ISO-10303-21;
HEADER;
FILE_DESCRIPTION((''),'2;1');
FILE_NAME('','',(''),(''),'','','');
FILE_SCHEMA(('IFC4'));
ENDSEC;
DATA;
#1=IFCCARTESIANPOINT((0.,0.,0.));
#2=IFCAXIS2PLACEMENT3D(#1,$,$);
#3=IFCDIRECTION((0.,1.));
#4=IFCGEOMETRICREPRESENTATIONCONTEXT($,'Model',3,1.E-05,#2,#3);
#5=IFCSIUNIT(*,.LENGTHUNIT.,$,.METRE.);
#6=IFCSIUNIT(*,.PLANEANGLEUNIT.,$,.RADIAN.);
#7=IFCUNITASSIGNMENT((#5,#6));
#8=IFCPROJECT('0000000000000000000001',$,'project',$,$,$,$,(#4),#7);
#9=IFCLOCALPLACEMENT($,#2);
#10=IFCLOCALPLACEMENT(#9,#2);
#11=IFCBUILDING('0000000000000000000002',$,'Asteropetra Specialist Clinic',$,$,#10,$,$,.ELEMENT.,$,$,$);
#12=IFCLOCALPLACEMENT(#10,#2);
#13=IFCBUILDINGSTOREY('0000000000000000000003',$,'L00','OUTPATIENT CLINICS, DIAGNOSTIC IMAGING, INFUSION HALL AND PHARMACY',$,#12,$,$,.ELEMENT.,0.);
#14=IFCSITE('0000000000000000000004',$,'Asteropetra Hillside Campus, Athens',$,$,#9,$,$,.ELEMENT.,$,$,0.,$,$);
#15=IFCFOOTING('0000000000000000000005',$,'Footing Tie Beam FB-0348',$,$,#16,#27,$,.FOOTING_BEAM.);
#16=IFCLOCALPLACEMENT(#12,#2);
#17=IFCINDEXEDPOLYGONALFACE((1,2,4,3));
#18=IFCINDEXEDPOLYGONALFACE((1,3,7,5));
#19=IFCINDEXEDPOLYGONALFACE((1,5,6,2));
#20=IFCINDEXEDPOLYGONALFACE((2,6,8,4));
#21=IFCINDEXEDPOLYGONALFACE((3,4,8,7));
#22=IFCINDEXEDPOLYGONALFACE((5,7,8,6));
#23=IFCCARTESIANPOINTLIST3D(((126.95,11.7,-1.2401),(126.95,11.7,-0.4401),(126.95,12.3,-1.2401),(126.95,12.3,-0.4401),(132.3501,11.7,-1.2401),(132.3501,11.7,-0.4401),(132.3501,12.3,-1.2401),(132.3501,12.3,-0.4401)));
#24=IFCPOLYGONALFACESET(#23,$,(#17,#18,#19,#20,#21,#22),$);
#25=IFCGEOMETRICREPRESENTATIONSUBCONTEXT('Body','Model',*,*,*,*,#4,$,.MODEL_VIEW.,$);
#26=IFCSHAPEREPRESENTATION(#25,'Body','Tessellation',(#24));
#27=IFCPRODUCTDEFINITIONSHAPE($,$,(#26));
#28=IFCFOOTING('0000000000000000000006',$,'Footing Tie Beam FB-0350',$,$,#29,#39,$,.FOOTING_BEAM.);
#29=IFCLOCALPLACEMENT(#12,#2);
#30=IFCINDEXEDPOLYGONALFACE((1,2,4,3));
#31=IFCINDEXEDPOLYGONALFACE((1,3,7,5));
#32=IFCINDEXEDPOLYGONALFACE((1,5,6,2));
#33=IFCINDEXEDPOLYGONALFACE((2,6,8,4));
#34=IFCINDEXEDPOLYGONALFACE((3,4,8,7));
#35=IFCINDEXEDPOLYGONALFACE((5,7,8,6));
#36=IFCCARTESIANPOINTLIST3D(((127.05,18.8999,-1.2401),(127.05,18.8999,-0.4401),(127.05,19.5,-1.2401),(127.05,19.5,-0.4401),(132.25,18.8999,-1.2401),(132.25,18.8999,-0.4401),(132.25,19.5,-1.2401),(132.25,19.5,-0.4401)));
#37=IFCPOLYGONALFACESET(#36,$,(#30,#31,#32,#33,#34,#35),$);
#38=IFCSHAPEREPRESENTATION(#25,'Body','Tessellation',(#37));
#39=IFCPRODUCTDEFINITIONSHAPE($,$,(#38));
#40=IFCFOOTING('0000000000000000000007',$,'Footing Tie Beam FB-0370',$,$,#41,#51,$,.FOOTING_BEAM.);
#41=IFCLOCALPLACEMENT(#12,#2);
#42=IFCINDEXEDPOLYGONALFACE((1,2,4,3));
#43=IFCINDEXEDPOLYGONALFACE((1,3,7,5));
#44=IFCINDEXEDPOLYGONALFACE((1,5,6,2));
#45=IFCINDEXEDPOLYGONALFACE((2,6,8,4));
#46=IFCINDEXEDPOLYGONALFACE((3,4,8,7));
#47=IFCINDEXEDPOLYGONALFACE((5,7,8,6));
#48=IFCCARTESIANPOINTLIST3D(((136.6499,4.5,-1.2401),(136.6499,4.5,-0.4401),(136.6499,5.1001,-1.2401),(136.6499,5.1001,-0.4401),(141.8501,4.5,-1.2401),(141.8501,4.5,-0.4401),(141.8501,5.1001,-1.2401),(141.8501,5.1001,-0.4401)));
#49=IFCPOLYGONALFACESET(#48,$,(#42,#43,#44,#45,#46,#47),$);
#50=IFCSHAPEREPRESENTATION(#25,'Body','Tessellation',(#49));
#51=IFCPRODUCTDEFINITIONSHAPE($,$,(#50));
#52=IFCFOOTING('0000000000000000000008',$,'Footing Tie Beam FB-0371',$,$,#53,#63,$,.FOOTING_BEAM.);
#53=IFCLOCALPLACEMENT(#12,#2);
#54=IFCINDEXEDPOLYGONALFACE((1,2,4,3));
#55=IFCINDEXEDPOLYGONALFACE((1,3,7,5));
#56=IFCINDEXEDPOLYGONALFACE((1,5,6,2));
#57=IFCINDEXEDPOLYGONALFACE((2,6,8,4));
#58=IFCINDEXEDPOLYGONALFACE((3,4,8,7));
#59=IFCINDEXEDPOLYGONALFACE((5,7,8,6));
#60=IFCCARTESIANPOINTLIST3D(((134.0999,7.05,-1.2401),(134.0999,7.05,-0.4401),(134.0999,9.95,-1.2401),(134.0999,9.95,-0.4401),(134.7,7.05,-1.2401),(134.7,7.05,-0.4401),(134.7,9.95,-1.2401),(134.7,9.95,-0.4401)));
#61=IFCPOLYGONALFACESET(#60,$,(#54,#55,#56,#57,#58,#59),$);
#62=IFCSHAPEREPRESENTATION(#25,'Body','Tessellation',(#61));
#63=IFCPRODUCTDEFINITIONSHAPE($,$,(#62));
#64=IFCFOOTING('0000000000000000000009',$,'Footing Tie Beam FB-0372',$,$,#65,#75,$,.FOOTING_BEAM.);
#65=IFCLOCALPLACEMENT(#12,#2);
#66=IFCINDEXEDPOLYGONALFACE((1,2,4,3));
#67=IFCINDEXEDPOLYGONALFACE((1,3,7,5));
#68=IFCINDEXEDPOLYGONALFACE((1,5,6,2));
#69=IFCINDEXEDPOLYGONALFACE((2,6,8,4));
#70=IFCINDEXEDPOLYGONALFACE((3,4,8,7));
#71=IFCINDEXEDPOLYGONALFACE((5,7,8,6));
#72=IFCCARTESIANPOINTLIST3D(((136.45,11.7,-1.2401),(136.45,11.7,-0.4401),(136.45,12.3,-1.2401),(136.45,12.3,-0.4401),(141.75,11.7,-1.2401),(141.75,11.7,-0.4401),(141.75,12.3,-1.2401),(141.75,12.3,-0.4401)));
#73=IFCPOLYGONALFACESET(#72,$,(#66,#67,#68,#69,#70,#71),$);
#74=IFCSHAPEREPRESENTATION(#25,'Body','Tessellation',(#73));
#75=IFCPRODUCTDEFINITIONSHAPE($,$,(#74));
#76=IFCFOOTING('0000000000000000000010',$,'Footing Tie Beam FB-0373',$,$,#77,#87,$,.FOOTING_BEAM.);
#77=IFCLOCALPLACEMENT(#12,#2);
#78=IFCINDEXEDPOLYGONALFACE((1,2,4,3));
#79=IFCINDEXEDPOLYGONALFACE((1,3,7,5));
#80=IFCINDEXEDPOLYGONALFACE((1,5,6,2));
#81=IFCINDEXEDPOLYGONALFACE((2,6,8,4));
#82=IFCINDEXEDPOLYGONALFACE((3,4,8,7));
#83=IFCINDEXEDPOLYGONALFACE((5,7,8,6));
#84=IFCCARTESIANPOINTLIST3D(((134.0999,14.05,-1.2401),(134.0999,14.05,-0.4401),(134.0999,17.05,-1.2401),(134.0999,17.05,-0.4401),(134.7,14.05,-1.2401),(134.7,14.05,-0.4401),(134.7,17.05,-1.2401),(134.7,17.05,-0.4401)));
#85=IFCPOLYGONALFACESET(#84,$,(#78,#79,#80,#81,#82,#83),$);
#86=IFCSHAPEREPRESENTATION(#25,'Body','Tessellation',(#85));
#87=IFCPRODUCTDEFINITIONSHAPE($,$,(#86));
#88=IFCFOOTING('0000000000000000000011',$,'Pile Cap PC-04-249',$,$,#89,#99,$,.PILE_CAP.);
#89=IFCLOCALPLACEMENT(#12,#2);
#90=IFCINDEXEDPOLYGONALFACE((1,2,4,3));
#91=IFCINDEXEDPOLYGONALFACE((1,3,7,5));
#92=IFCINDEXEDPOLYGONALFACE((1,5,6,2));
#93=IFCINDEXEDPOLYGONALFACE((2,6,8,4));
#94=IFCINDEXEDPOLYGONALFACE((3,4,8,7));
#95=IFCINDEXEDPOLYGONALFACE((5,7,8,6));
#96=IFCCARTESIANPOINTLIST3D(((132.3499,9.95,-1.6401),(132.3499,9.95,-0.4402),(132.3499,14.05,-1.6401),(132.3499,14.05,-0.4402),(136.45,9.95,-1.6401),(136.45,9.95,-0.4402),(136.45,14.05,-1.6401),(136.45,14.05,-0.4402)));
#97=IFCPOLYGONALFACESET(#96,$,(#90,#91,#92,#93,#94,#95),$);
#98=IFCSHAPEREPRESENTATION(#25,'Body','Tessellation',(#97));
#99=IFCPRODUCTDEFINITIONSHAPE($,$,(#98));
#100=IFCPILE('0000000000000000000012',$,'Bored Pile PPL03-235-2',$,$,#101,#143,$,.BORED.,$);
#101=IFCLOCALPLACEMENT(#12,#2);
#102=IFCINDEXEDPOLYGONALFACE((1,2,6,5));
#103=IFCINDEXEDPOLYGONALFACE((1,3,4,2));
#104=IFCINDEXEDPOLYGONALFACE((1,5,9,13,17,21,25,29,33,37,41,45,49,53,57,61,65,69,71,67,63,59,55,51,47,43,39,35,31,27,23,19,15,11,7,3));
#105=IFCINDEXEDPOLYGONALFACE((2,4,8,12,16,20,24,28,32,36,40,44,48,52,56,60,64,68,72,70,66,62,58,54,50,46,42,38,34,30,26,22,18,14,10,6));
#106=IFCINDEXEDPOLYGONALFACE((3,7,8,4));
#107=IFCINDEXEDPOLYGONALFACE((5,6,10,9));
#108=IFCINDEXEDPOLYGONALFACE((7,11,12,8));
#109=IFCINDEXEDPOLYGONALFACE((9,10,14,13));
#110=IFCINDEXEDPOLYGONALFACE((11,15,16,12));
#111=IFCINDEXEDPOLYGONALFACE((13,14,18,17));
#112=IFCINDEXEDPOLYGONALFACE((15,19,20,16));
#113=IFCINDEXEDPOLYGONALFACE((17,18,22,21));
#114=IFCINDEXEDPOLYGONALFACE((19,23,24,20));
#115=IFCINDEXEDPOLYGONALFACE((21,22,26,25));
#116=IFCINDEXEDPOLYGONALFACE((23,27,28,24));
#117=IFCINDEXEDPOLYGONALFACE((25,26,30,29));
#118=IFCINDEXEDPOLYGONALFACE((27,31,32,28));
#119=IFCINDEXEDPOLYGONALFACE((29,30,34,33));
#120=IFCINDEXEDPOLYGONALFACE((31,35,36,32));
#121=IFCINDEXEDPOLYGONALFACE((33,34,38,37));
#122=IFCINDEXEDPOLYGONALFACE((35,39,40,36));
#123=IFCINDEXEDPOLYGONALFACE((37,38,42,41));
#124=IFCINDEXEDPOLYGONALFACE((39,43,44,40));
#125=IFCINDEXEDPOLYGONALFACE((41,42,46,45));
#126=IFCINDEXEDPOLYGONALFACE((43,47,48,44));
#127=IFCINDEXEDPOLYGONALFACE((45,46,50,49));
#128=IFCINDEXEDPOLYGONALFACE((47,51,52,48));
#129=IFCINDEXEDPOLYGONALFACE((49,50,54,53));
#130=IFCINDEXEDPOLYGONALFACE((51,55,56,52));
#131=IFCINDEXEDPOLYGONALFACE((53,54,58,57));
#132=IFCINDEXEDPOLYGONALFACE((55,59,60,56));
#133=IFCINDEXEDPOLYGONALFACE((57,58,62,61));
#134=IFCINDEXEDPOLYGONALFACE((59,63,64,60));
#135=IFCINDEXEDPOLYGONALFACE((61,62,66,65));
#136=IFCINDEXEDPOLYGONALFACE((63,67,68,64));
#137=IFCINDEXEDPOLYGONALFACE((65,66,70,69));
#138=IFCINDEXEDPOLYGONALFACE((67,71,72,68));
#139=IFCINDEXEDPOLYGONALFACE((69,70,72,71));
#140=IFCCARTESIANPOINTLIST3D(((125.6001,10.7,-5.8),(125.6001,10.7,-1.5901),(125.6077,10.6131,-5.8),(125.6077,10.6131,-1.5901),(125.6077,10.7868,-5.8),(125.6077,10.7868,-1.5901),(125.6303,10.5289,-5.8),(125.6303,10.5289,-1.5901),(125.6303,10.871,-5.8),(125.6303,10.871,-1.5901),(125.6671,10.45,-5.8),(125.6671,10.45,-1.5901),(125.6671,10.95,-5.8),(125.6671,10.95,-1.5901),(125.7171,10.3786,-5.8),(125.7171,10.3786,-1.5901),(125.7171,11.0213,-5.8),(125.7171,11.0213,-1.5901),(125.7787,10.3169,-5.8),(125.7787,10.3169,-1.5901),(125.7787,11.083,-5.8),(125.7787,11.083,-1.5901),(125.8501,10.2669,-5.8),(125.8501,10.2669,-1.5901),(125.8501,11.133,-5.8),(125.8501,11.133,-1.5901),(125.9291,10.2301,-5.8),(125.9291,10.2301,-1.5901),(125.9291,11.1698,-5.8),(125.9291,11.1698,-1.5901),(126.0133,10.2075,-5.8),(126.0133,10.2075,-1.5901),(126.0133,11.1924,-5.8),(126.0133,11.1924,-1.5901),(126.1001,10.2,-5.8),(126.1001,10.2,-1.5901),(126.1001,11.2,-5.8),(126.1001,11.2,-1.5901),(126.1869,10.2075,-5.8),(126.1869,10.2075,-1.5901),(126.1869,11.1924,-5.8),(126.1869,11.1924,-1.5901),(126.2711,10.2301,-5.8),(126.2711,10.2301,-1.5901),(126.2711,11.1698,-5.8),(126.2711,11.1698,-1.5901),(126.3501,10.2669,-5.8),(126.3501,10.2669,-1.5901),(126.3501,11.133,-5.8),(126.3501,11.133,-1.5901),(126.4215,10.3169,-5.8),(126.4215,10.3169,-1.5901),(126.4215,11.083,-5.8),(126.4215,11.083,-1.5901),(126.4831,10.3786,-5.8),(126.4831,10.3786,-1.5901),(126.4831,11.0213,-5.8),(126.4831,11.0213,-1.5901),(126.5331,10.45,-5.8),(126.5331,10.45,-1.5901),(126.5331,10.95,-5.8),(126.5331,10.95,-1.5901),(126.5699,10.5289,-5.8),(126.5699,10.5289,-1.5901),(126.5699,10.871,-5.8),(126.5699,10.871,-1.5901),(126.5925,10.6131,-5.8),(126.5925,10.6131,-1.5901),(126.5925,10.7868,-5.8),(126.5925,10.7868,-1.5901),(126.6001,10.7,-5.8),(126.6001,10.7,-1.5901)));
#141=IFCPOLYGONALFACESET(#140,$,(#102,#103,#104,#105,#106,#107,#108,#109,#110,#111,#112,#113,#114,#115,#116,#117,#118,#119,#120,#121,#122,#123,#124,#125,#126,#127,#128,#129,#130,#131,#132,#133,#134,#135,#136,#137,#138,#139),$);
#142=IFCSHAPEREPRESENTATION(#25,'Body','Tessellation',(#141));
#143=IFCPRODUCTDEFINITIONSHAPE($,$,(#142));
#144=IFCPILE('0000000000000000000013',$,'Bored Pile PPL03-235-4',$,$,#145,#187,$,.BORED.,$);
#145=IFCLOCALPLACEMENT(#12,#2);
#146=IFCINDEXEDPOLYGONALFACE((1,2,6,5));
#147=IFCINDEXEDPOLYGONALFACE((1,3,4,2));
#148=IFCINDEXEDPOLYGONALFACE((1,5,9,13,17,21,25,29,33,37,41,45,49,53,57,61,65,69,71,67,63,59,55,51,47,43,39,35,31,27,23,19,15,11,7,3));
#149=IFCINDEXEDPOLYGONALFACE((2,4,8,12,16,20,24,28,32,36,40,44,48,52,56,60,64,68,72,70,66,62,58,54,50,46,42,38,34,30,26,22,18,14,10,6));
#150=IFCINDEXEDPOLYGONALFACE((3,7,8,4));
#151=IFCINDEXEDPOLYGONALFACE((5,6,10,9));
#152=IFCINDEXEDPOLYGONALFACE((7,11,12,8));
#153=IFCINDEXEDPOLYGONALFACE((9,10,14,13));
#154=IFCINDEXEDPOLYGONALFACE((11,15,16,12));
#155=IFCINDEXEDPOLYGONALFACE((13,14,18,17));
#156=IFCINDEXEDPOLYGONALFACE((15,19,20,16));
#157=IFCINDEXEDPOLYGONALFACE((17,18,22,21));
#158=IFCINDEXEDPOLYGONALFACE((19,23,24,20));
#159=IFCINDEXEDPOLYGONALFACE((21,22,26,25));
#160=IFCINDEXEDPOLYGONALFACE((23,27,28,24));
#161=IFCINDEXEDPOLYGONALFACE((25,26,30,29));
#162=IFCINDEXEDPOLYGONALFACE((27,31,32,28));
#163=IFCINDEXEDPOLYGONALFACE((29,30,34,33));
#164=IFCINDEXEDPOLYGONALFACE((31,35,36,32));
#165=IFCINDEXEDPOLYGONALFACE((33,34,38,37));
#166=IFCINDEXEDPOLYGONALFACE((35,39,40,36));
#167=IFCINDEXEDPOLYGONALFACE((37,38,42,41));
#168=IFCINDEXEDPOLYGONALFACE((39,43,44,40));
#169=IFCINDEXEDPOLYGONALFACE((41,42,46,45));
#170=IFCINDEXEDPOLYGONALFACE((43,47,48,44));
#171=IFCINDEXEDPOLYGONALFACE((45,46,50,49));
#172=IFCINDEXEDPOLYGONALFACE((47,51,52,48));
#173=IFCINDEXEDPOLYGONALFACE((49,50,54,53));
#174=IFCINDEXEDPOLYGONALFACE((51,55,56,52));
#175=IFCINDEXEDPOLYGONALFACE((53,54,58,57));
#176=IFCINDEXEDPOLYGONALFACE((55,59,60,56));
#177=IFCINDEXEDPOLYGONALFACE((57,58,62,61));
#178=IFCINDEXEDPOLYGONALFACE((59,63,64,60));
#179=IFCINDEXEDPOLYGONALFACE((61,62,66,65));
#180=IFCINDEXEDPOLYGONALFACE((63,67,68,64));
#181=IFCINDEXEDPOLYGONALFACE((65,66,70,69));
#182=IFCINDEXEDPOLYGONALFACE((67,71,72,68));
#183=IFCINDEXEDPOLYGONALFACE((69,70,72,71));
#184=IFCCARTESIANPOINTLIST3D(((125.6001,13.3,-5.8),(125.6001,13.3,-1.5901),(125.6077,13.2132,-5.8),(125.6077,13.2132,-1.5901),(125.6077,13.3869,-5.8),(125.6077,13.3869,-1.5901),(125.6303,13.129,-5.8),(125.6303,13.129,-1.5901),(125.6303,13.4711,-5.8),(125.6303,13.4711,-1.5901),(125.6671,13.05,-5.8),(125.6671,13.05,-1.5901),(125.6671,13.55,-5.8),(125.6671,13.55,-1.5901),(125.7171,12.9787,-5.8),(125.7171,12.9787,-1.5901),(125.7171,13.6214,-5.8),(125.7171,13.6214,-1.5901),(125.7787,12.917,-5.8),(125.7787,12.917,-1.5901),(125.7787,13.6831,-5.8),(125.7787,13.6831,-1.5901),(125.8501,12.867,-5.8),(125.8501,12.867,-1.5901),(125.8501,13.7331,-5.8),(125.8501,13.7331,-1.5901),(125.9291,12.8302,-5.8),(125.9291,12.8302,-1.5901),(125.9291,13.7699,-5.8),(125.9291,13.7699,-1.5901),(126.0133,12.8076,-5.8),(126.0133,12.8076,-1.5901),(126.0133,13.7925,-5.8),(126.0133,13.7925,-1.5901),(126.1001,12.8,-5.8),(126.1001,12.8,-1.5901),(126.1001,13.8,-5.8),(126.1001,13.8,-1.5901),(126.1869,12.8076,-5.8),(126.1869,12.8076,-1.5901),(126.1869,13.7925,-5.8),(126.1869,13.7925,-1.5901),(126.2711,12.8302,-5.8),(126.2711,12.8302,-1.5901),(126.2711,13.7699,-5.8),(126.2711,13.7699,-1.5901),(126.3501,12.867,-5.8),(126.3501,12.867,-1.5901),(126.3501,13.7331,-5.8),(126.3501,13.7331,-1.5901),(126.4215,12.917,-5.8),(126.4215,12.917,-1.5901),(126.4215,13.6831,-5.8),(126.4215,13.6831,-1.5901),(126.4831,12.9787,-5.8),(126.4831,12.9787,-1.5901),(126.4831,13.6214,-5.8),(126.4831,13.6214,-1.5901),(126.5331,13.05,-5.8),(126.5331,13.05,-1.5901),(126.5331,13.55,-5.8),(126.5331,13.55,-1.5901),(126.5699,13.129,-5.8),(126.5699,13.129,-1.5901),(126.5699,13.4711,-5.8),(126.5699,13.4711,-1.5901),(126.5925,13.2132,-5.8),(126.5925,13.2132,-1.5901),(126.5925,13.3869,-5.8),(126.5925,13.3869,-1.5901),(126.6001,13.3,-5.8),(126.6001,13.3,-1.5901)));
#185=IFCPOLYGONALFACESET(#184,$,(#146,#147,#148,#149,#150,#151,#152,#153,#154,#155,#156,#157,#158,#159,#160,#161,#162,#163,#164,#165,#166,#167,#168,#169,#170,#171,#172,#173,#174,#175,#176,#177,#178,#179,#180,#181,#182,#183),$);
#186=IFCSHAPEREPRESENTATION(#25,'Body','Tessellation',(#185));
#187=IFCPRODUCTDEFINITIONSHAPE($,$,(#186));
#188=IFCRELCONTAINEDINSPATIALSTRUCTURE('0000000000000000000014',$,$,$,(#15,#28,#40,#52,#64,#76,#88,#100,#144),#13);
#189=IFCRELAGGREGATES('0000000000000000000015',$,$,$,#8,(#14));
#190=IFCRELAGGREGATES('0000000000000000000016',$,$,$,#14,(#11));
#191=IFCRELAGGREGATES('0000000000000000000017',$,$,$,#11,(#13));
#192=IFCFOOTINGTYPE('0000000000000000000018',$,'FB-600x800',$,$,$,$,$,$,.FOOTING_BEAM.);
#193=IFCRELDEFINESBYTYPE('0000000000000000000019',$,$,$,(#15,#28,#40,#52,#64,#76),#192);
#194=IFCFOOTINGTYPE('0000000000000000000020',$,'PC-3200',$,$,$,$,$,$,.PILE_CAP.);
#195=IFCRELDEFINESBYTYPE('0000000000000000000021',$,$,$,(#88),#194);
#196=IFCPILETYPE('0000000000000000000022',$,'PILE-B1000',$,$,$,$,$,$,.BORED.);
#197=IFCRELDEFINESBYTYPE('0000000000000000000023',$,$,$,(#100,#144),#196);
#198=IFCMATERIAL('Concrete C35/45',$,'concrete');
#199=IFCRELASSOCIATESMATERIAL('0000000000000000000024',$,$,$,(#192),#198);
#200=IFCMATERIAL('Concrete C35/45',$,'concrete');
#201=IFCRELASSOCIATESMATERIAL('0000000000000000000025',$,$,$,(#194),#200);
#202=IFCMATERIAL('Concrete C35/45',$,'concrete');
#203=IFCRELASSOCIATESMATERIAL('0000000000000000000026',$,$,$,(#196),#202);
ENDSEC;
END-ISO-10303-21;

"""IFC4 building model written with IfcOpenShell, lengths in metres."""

from ifc_helpers import new_model, si_unit, direction, frame, origin, origin_2d, place, context, subcontext, project, spatial, rectangle, circle, extrude, material, material_profile, profile_set, type_object, element, save


model = new_model("IFC4")

# Units and contexts
model_context = context("Model", 3, precision=1e-05, world=origin(), true_north=direction((0.0, 1.0)))
body_context = subcontext(model_context, "Body", "Model", "MODEL_VIEW")
ifc_project = project(units=[si_unit("LENGTHUNIT", "METRE"), si_unit("PLANEANGLEUNIT", "RADIAN")], contexts=[model_context])

# Site, building, storey
site_placement = place(None, origin())
site = spatial("IfcSite", under=ifc_project, at=site_placement, Name="Asteropetra Hillside Campus, Athens", CompositionType="ELEMENT", RefElevation=0.0)
building_placement = place(site_placement, origin())
building = spatial("IfcBuilding", under=site, at=building_placement, Name="Asteropetra Specialist Clinic", CompositionType="ELEMENT")
storey_placement = place(building_placement, origin())
storey = spatial("IfcBuildingStorey", under=building, at=storey_placement, Name="L00", Description="OUTPATIENT CLINICS, DIAGNOSTIC IMAGING, INFUSION HALL AND PHARMACY", CompositionType="ELEMENT", Elevation=0.0)

# Footings
ifc_material_1 = material(Name="Concrete C35/45", Category="concrete")
ifc_material_profile_1 = material_profile(ifc_material_1, rectangle(XDim=0.6001, YDim=0.8, at=origin_2d()), Name="FB 600x800")
ifc_profile_set_1 = profile_set([ifc_material_profile_1], Name="Concrete C35/45")
footing_type_1 = type_object("IfcFootingType", Name="FB-600x800", PredefinedType="FOOTING_BEAM", material=ifc_profile_set_1)
footing_1_placement = place(storey_placement, frame((126.95, 12.0, -0.8401), z_axis=(1.0, 0.0, 0.0), x_axis=(0.0, 1.0, 0.0)))
element("IfcFooting", 1, at=footing_1_placement, inside=storey, type_object=footing_type_1, Name="Footing Tie Beam FB-0348", PredefinedType="FOOTING_BEAM", context=body_context, shape_type="SweptSolid", body=[
    extrude(rectangle(XDim=0.6001, YDim=0.8, at=origin_2d()), origin(), (0.0, 0.0, 1.0), 5.4001),
])
footing_2_placement = place(storey_placement, frame((127.05, 19.2, -0.8401), z_axis=(1.0, 0.0, 0.0), x_axis=(0.0, 1.0, 0.0)))
element("IfcFooting", 2, at=footing_2_placement, inside=storey, type_object=footing_type_1, Name="Footing Tie Beam FB-0350", PredefinedType="FOOTING_BEAM", context=body_context, shape_type="SweptSolid", body=[
    extrude(rectangle(XDim=0.6001, YDim=0.8, at=origin_2d()), origin(), (0.0, 0.0, 1.0), 5.2),
])
footing_3_placement = place(storey_placement, frame((136.6499, 4.8, -0.8401), z_axis=(1.0, 0.0, 0.0), x_axis=(0.0, 1.0, 0.0)))
element("IfcFooting", 3, at=footing_3_placement, inside=storey, type_object=footing_type_1, Name="Footing Tie Beam FB-0370", PredefinedType="FOOTING_BEAM", context=body_context, shape_type="SweptSolid", body=[
    extrude(rectangle(XDim=0.6001, YDim=0.8, at=origin_2d()), origin(), (0.0, 0.0, 1.0), 5.2002),
])
footing_4_placement = place(storey_placement, frame((134.3999, 7.05, -0.8401), z_axis=(0.0, 1.0, 0.0), x_axis=(-1.0, 0.0, 0.0)))
element("IfcFooting", 4, at=footing_4_placement, inside=storey, type_object=footing_type_1, Name="Footing Tie Beam FB-0371", PredefinedType="FOOTING_BEAM", context=body_context, shape_type="SweptSolid", body=[
    extrude(rectangle(XDim=0.6001, YDim=0.8, at=origin_2d()), origin(), (0.0, 0.0, 1.0), 2.8999),
])
footing_5_placement = place(storey_placement, frame((136.45, 12.0, -0.8401), z_axis=(1.0, 0.0, 0.0), x_axis=(0.0, 1.0, 0.0)))
element("IfcFooting", 5, at=footing_5_placement, inside=storey, type_object=footing_type_1, Name="Footing Tie Beam FB-0372", PredefinedType="FOOTING_BEAM", context=body_context, shape_type="SweptSolid", body=[
    extrude(rectangle(XDim=0.6001, YDim=0.8, at=origin_2d()), origin(), (0.0, 0.0, 1.0), 5.3),
])
footing_6_placement = place(storey_placement, frame((134.3999, 14.05, -0.8401), z_axis=(0.0, 1.0, 0.0), x_axis=(-1.0, 0.0, 0.0)))
element("IfcFooting", 6, at=footing_6_placement, inside=storey, type_object=footing_type_1, Name="Footing Tie Beam FB-0373", PredefinedType="FOOTING_BEAM", context=body_context, shape_type="SweptSolid", body=[
    extrude(rectangle(XDim=0.6001, YDim=0.8, at=origin_2d()), origin(), (0.0, 0.0, 1.0), 3.0),
])
ifc_material_2 = material(Name="Concrete C35/45", Category="concrete")
footing_type_2 = type_object("IfcFootingType", Name="PC-3200", PredefinedType="PILE_CAP", material=ifc_material_2)
footing_7_placement = place(storey_placement, frame((134.3999, 12.0, -1.6401), z_axis=(0.0, 0.0, 1.0), x_axis=(1.0, 0.0, 0.0)))
element("IfcFooting", 7, at=footing_7_placement, inside=storey, type_object=footing_type_2, Name="Pile Cap PC-04-249", PredefinedType="PILE_CAP", context=body_context, shape_type="SweptSolid", body=[
    extrude(rectangle(XDim=4.1001, YDim=4.1001, at=origin_2d()), origin(), (0.0, 0.0, 1.0), 1.2),
])

# Piles
ifc_material_3 = material(Name="Concrete C35/45", Category="concrete")
ifc_material_profile_2 = material_profile(ifc_material_3, circle(Radius=0.5, at=origin_2d()), Name="PILE D1000")
ifc_profile_set_2 = profile_set([ifc_material_profile_2], Name="Concrete C35/45")
pile_type_1 = type_object("IfcPileType", Name="PILE-B1000", PredefinedType="BORED", material=ifc_profile_set_2)
for number, where, z_axis, x_axis, name in (
    (8, (126.1001, 10.7, -1.5901), (0.0, 0.0, -1.0), (1.0, 0.0, 0.0), "Bored Pile PPL03-235-2"),
    (9, (126.1001, 13.3, -1.5901), (0.0, 0.0, -1.0), (1.0, 0.0, 0.0), "Bored Pile PPL03-235-4"),
):
    element("IfcPile", number, at=place(storey_placement, frame(where, z_axis=z_axis, x_axis=x_axis)), inside=storey, type_object=pile_type_1, Name=name, PredefinedType="BORED", context=body_context, shape_type="SweptSolid", body=[
        extrude(circle(Radius=0.5, at=origin_2d()), origin(), (0.0, 0.0, 1.0), 4.21),
    ])

save(model, "model.ifc")
